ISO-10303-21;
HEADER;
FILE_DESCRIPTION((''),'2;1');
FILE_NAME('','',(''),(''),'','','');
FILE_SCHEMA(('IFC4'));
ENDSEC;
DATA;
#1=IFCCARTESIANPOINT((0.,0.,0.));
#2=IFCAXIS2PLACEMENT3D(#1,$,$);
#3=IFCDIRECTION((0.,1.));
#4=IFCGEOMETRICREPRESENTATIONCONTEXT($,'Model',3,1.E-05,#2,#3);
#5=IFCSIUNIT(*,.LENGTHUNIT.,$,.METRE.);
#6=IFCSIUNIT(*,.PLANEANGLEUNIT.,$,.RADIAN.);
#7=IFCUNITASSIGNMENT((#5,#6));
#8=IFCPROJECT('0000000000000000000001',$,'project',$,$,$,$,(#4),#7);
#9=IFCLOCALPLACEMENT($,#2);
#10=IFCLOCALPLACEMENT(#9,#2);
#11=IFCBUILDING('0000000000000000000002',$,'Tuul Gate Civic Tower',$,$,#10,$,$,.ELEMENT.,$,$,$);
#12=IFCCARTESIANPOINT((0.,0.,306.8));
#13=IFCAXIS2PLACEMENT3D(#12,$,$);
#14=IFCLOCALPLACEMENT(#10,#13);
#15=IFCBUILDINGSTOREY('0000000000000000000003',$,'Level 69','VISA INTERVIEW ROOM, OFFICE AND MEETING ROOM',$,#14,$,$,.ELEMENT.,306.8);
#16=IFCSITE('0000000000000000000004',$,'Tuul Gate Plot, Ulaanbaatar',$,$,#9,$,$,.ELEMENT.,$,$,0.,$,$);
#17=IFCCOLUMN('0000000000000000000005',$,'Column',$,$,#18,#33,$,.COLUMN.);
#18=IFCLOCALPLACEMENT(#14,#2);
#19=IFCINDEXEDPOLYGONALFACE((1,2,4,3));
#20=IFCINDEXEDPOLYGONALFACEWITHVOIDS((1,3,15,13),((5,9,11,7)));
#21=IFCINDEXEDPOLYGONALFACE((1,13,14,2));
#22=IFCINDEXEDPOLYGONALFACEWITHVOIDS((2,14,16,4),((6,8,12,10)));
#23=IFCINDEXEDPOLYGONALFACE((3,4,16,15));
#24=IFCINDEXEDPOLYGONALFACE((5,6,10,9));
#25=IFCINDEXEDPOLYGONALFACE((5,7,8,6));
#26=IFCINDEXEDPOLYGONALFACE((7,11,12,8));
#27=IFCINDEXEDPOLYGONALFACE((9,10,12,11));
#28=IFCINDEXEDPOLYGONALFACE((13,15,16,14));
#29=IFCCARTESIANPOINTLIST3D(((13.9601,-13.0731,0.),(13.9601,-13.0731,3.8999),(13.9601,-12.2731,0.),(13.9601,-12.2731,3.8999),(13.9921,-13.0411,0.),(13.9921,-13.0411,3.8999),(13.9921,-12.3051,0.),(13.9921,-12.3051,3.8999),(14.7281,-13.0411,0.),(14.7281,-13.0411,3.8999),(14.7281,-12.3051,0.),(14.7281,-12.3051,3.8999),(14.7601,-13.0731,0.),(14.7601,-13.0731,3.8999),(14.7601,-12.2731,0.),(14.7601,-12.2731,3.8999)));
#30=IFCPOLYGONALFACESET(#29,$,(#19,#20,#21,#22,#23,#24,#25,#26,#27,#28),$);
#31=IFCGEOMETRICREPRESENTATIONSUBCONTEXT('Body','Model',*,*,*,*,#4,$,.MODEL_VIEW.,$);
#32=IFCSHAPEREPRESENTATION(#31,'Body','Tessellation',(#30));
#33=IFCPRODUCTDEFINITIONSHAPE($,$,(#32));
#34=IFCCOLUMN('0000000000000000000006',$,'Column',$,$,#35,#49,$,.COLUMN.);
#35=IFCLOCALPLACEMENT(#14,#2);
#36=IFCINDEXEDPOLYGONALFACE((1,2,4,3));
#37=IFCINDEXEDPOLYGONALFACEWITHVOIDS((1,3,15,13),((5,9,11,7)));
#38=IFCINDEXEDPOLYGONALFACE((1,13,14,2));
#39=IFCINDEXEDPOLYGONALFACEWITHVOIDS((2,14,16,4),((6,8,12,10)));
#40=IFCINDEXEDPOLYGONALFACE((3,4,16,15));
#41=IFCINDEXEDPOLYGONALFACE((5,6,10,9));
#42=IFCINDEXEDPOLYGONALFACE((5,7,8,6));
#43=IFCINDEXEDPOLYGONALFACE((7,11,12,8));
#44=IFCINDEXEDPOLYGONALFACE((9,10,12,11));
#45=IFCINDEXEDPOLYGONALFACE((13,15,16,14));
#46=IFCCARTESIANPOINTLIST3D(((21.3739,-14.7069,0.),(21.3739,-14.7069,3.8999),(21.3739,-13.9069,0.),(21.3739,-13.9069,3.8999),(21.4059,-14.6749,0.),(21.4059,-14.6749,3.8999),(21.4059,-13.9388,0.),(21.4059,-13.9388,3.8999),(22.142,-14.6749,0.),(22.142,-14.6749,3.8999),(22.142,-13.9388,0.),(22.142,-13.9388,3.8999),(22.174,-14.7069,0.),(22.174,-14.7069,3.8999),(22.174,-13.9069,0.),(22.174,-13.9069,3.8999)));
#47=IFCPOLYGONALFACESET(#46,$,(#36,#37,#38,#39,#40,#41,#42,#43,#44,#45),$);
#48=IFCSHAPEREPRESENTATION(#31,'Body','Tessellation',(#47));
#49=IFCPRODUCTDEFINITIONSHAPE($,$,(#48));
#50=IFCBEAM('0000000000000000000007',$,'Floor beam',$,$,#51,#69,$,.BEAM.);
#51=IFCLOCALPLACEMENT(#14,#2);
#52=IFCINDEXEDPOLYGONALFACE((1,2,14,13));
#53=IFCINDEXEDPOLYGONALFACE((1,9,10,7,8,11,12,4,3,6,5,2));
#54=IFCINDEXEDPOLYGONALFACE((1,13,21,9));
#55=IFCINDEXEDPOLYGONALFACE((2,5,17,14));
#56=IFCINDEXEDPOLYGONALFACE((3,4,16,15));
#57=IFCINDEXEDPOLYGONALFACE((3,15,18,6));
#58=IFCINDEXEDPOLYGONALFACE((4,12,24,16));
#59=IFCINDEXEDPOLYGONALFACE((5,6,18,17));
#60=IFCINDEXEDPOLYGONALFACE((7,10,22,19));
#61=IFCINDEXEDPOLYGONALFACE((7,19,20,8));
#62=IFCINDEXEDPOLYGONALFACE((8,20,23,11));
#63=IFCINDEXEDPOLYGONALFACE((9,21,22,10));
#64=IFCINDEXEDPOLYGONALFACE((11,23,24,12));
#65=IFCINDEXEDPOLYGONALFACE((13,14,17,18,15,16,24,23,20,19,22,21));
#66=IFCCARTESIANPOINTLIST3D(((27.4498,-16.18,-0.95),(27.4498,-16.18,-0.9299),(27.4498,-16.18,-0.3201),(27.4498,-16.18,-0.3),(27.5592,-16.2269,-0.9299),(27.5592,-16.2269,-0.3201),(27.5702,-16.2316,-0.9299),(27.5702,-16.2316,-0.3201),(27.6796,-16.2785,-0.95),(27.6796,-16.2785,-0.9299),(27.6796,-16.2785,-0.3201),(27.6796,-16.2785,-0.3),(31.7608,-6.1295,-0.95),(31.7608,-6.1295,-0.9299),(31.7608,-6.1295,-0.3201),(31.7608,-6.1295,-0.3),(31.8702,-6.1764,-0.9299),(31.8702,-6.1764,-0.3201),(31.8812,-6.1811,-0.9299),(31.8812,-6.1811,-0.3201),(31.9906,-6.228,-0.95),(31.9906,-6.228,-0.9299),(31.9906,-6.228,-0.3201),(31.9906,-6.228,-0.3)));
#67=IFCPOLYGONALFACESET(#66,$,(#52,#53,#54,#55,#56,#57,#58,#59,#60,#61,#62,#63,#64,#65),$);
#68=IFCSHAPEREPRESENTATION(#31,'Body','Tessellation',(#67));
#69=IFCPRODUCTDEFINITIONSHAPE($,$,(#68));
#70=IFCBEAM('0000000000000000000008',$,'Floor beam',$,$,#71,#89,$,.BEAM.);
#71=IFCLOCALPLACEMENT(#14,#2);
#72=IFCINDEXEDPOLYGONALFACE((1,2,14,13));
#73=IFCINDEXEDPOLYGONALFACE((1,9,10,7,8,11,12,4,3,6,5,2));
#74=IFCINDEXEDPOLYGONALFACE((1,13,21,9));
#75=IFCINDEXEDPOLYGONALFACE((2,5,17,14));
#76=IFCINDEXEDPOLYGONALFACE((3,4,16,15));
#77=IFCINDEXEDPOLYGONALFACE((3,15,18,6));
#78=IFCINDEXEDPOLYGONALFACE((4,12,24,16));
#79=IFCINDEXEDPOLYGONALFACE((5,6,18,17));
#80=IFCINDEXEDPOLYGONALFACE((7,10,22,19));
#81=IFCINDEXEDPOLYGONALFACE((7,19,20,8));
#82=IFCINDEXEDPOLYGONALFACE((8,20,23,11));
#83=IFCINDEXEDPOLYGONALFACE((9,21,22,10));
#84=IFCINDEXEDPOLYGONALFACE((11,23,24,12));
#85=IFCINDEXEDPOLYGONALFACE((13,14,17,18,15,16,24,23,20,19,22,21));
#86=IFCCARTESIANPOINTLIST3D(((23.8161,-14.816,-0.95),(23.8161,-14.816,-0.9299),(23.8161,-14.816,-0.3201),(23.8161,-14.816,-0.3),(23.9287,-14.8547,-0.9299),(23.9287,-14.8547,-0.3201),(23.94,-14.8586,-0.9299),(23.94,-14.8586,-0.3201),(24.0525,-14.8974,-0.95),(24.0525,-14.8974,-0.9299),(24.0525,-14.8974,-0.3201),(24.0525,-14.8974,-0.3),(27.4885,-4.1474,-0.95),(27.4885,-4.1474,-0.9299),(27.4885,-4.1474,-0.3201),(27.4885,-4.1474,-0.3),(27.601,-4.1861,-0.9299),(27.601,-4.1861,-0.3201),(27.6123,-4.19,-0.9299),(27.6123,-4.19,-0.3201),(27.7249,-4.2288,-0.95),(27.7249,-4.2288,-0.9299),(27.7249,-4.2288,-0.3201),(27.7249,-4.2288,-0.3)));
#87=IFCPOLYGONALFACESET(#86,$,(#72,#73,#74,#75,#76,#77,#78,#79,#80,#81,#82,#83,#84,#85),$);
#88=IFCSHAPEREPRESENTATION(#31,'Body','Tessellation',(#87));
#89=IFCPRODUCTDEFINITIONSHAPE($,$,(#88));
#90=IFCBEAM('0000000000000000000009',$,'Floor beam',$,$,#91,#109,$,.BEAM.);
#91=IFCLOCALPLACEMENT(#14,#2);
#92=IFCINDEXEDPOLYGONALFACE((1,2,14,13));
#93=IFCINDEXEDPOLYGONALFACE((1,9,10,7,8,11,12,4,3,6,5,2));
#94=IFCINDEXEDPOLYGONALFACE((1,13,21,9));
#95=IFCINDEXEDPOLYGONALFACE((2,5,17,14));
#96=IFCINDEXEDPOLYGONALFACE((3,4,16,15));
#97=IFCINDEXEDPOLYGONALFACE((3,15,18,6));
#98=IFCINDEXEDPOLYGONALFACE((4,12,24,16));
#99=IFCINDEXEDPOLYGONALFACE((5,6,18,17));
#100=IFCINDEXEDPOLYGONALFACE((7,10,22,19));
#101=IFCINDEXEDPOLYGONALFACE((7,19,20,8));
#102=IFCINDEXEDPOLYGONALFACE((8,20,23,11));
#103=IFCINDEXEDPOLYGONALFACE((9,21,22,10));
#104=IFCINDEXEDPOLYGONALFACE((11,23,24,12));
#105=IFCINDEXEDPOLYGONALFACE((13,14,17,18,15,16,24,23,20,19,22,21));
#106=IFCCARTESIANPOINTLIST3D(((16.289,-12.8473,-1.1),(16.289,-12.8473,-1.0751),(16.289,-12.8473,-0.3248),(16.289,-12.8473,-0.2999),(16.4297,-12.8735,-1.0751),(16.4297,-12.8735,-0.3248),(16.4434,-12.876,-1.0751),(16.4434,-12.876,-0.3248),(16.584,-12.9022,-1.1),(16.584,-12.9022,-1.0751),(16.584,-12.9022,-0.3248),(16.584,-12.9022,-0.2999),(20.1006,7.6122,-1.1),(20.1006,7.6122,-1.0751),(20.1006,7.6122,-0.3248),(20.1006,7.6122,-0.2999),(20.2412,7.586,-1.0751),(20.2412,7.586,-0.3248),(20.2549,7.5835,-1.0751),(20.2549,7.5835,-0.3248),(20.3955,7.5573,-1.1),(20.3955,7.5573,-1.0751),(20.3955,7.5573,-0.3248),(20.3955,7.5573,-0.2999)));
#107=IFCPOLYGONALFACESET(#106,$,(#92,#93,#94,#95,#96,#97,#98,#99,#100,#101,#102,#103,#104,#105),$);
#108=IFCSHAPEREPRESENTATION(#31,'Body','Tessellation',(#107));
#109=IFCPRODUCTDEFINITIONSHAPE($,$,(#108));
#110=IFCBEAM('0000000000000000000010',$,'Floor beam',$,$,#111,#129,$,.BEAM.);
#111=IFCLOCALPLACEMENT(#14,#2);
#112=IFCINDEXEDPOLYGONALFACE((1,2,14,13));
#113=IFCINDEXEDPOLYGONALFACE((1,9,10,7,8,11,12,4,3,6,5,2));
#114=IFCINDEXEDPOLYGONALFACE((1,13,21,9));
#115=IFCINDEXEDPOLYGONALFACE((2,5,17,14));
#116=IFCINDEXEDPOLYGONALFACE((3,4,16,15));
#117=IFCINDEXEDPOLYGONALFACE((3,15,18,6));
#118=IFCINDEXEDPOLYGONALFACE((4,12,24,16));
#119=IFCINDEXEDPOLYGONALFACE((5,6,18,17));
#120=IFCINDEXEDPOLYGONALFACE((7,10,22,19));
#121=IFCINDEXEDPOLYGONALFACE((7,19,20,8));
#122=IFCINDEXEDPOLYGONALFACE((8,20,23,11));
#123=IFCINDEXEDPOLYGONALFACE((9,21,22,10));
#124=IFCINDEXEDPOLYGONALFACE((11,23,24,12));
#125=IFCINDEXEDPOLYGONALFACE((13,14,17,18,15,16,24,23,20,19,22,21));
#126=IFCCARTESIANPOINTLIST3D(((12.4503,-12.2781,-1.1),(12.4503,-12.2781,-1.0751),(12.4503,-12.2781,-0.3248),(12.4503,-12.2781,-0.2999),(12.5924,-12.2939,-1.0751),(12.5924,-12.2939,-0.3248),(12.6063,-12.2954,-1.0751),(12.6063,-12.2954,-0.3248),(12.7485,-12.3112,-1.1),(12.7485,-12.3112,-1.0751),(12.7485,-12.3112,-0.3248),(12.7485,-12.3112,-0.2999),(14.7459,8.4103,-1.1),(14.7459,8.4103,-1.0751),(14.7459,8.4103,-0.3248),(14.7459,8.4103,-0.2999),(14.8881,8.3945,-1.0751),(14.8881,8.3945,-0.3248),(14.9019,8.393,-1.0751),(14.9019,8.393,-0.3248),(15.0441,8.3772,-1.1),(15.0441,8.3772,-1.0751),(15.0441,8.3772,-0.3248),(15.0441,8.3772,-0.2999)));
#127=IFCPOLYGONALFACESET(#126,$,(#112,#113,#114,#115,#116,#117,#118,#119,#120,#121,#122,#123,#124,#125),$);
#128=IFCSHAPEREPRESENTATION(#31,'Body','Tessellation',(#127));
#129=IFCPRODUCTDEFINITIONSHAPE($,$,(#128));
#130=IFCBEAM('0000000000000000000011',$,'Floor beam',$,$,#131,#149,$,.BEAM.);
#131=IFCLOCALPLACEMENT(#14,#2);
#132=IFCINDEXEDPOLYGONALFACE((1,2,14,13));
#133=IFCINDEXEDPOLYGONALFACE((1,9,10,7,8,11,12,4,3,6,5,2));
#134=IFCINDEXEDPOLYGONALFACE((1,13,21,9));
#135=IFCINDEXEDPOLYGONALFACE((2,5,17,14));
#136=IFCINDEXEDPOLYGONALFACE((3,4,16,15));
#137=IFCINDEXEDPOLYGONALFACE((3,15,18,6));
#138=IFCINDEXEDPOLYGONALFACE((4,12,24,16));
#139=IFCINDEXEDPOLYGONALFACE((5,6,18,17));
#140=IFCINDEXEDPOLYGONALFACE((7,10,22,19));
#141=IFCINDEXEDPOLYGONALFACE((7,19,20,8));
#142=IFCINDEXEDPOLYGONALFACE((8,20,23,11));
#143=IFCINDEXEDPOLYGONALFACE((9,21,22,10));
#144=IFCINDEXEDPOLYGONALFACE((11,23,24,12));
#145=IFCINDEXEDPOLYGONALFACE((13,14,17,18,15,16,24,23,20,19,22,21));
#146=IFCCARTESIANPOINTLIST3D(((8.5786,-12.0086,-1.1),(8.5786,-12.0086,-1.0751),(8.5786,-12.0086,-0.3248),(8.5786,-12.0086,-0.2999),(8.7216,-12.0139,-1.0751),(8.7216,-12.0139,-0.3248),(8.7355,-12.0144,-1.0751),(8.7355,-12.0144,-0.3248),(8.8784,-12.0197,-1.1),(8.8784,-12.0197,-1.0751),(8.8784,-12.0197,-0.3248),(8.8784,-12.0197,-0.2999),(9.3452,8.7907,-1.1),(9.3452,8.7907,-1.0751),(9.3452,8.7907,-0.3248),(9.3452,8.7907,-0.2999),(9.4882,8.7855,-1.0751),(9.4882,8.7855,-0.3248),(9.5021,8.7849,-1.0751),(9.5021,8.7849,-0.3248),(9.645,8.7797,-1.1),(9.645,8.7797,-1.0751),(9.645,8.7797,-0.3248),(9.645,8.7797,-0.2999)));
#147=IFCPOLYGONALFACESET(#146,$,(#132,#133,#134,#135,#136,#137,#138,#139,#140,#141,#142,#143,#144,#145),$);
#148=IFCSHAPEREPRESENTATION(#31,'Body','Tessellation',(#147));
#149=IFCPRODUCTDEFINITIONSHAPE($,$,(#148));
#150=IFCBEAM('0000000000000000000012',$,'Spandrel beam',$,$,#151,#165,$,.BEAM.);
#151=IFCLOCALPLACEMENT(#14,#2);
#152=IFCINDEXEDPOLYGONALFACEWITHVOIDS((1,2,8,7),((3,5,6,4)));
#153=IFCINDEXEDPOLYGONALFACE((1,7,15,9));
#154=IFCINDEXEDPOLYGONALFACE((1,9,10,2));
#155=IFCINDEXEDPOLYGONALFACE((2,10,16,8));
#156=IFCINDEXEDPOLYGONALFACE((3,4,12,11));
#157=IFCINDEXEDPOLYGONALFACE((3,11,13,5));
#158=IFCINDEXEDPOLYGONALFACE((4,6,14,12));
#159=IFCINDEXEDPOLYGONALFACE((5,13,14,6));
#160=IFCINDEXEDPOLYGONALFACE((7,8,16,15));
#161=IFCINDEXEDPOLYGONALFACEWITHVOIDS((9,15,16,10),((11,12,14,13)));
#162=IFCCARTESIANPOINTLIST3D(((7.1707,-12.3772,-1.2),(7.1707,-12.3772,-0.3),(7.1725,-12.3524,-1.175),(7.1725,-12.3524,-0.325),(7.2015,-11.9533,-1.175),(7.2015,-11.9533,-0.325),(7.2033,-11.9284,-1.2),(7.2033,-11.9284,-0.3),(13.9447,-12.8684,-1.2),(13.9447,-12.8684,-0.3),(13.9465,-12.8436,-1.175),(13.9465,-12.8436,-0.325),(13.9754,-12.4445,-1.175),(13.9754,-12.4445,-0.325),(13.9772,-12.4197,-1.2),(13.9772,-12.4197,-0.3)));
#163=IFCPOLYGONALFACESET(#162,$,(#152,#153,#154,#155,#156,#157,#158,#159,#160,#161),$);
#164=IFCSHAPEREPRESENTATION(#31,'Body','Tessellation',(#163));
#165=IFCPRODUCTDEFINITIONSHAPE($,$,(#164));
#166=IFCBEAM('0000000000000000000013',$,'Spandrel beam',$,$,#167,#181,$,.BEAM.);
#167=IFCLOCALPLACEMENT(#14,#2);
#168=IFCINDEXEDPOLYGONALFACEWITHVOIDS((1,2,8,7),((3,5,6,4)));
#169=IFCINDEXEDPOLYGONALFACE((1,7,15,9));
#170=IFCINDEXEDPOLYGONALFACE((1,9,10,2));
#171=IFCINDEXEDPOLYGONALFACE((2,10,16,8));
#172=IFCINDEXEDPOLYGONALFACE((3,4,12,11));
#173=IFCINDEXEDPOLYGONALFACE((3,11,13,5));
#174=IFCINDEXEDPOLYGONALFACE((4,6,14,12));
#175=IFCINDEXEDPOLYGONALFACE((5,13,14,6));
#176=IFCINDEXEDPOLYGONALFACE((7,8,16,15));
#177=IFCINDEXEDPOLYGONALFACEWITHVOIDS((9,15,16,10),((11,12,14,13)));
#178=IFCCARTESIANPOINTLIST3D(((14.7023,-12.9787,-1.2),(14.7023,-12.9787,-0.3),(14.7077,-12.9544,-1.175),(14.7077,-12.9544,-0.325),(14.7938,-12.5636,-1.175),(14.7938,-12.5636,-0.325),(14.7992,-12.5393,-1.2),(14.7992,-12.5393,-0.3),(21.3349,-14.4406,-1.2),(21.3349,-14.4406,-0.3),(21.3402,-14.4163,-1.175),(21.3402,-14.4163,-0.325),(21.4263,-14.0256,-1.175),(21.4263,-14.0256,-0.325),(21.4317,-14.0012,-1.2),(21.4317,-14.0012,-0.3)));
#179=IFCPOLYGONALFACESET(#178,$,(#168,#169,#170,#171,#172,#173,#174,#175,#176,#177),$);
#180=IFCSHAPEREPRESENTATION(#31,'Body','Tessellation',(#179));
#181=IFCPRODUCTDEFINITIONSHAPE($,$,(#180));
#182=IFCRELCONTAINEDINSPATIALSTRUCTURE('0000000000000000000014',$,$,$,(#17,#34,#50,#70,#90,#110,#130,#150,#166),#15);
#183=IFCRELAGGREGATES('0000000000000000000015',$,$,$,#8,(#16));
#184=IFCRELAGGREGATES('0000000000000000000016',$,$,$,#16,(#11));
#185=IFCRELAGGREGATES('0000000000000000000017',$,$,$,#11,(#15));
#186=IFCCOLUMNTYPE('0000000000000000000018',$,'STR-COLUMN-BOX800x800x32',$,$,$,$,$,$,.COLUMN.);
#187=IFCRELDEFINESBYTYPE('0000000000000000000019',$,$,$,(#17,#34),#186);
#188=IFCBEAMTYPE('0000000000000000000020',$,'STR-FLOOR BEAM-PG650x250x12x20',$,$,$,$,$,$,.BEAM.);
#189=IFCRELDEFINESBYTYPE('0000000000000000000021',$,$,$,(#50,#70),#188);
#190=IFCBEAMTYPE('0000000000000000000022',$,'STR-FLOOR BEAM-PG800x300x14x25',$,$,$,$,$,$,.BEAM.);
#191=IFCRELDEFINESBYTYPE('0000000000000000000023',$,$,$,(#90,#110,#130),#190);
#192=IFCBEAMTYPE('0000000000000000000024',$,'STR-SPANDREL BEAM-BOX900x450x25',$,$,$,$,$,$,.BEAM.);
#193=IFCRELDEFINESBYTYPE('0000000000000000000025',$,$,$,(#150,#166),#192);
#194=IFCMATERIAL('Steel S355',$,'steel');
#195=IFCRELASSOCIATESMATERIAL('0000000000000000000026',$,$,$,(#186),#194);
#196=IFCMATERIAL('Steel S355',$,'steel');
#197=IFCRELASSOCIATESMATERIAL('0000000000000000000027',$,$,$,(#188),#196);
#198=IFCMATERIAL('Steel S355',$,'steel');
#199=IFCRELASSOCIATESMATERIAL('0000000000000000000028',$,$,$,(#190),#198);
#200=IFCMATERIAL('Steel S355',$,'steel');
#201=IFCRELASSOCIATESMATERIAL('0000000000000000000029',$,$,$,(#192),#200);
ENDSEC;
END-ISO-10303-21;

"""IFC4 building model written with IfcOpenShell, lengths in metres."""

from ifc_helpers import new_model, si_unit, direction, frame, origin, origin_2d, place, context, subcontext, project, spatial, hollow_rectangle, i_section, extrude, material, material_profile, profile_set, type_object, element, save


model = new_model("IFC4")

# Units and contexts
model_context = context("Model", 3, precision=1e-05, world=origin(), true_north=direction((0.0, 1.0)))
body_context = subcontext(model_context, "Body", "Model", "MODEL_VIEW")
ifc_project = project(units=[si_unit("LENGTHUNIT", "METRE"), si_unit("PLANEANGLEUNIT", "RADIAN")], contexts=[model_context])

# Site, building, storey
site_placement = place(None, origin())
site = spatial("IfcSite", under=ifc_project, at=site_placement, Name="Tuul Gate Plot, Ulaanbaatar", CompositionType="ELEMENT", RefElevation=0.0)
building_placement = place(site_placement, origin())
building = spatial("IfcBuilding", under=site, at=building_placement, Name="Tuul Gate Civic Tower", CompositionType="ELEMENT")
storey_placement = place(building_placement, frame((0.0, 0.0, 306.8)))
storey = spatial("IfcBuildingStorey", under=building, at=storey_placement, Name="Level 69", Description="VISA INTERVIEW ROOM, OFFICE AND MEETING ROOM", CompositionType="ELEMENT", Elevation=306.8)

# Columns
ifc_material_1 = material(Name="Steel S355", Category="steel")
ifc_material_profile_1 = material_profile(ifc_material_1, hollow_rectangle(XDim=0.8, YDim=0.8, WallThickness=0.032, at=origin_2d()), Name="BOX800x800x32")
ifc_profile_set_1 = profile_set([ifc_material_profile_1], Name="Steel S355")
column_type = type_object("IfcColumnType", Name="STR-COLUMN-BOX800x800x32", PredefinedType="COLUMN", material=ifc_profile_set_1)
for number, where, z_axis, x_axis, name in (
    (1, (14.3601, -12.6731, 0.0), (0.0, 0.0, 1.0), (1.0, 0.0, 0.0), "Column"),
    (2, (21.7739, -14.3069, 0.0), (0.0, 0.0, 1.0), (1.0, 0.0, 0.0), "Column"),
):
    element("IfcColumn", number, at=place(storey_placement, frame(where, z_axis=z_axis, x_axis=x_axis)), inside=storey, type_object=column_type, Name=name, PredefinedType="COLUMN", context=body_context, shape_type="SweptSolid", body=[
        extrude(hollow_rectangle(XDim=0.8, YDim=0.8, WallThickness=0.032, at=origin_2d()), origin(), (0.0, 0.0, 1.0), 3.8999),
    ])

# Beams
ifc_material_2 = material(Name="Steel S355", Category="steel")
ifc_material_profile_2 = material_profile(ifc_material_2, i_section(OverallWidth=0.25, OverallDepth=0.6499, WebThickness=0.012, FlangeThickness=0.02, at=origin_2d()), Name="PG650x250x12x20")
ifc_profile_set_2 = profile_set([ifc_material_profile_2], Name="Steel S355")
beam_type_1 = type_object("IfcBeamType", Name="STR-FLOOR BEAM-PG650x250x12x20", PredefinedType="BEAM", material=ifc_profile_set_2)
beam_1_placement = place(storey_placement, frame((27.5647, -16.2292, -0.625), z_axis=(0.394202, 0.919024, 0.0), x_axis=(-0.919024, 0.394202, 0.0)))
element("IfcBeam", 3, at=beam_1_placement, inside=storey, type_object=beam_type_1, Name="Floor beam", PredefinedType="BEAM", context=body_context, shape_type="SweptSolid", body=[
    extrude(i_section(OverallWidth=0.25, OverallDepth=0.6499, WebThickness=0.012, FlangeThickness=0.02, at=origin_2d()), origin(), (0.0, 0.0, 1.0), 10.936),
])
beam_2_placement = place(storey_placement, frame((23.9343, -14.8567, -0.625), z_axis=(0.325476, 0.94555, 0.0), x_axis=(-0.94555, 0.325476, 0.0)))
element("IfcBeam", 4, at=beam_2_placement, inside=storey, type_object=beam_type_1, Name="Floor beam", PredefinedType="BEAM", context=body_context, shape_type="SweptSolid", body=[
    extrude(i_section(OverallWidth=0.25, OverallDepth=0.6499, WebThickness=0.012, FlangeThickness=0.02, at=origin_2d()), origin(), (0.0, 0.0, 1.0), 11.283),
])
ifc_material_3 = material(Name="Steel S355", Category="steel")
ifc_material_profile_3 = material_profile(ifc_material_3, i_section(OverallWidth=0.3, OverallDepth=0.8, WebThickness=0.0139, FlangeThickness=0.0249, at=origin_2d()), Name="PG800x300x14x25")
ifc_profile_set_3 = profile_set([ifc_material_profile_3], Name="Steel S355")
beam_type_2 = type_object("IfcBeamType", Name="STR-FLOOR BEAM-PG800x300x14x25", PredefinedType="BEAM", material=ifc_profile_set_3)
beam_3_placement = place(storey_placement, frame((16.4365, -12.8748, -0.7), z_axis=(0.183145, 0.983086, 0.0), x_axis=(-0.983086, 0.183145, 0.0)))
element("IfcBeam", 5, at=beam_3_placement, inside=storey, type_object=beam_type_2, Name="Floor beam", PredefinedType="BEAM", context=body_context, shape_type="SweptSolid", body=[
    extrude(i_section(OverallWidth=0.3, OverallDepth=0.8, WebThickness=0.0139, FlangeThickness=0.0249, at=origin_2d()), origin(), (0.0, 0.0, 1.0), 20.8115),
])
beam_4_placement = place(storey_placement, frame((12.5994, -12.2947, -0.7), z_axis=(0.110286, 0.9939, 0.0), x_axis=(-0.9939, 0.110286, 0.0)))
element("IfcBeam", 6, at=beam_4_placement, inside=storey, type_object=beam_type_2, Name="Floor beam", PredefinedType="BEAM", context=body_context, shape_type="SweptSolid", body=[
    extrude(i_section(OverallWidth=0.3, OverallDepth=0.8, WebThickness=0.0139, FlangeThickness=0.0249, at=origin_2d()), origin(), (0.0, 0.0, 1.0), 20.8154),
])
beam_5_placement = place(storey_placement, frame((8.7285, -12.0142, -0.7), z_axis=(0.036832, 0.999321, 0.0), x_axis=(-0.999321, 0.036832, 0.0)))
element("IfcBeam", 7, at=beam_5_placement, inside=storey, type_object=beam_type_2, Name="Floor beam", PredefinedType="BEAM", context=body_context, shape_type="SweptSolid", body=[
    extrude(i_section(OverallWidth=0.3, OverallDepth=0.8, WebThickness=0.0139, FlangeThickness=0.0249, at=origin_2d()), origin(), (0.0, 0.0, 1.0), 20.8135),
])
ifc_material_4 = material(Name="Steel S355", Category="steel")
ifc_material_profile_4 = material_profile(ifc_material_4, hollow_rectangle(XDim=0.45, YDim=0.8999, WallThickness=0.0249, at=origin_2d()), Name="BOX900x450x25")
ifc_profile_set_4 = profile_set([ifc_material_profile_4], Name="Steel S355")
beam_type_3 = type_object("IfcBeamType", Name="STR-SPANDREL BEAM-BOX900x450x25", PredefinedType="BEAM", material=ifc_profile_set_4)
for number, where, z_axis, x_axis, name in (
    (8, (7.187, -12.1528, -0.75), (0.997381, -0.072325, 0.0), (0.072325, 0.997381, 0.0), "Spandrel beam"),
    (9, (14.7507, -12.759, -0.75), (0.976559, -0.215248, 0.0), (0.215248, 0.976559, 0.0), "Spandrel beam"),
):
    element("IfcBeam", number, at=place(storey_placement, frame(where, z_axis=z_axis, x_axis=x_axis)), inside=storey, type_object=beam_type_3, Name=name, PredefinedType="BEAM", context=body_context, shape_type="SweptSolid", body=[
        extrude(hollow_rectangle(XDim=0.45, YDim=0.8999, WallThickness=0.0249, at=origin_2d()), origin(), (0.0, 0.0, 1.0), 6.7917),
    ])

save(model, "model.ifc")
